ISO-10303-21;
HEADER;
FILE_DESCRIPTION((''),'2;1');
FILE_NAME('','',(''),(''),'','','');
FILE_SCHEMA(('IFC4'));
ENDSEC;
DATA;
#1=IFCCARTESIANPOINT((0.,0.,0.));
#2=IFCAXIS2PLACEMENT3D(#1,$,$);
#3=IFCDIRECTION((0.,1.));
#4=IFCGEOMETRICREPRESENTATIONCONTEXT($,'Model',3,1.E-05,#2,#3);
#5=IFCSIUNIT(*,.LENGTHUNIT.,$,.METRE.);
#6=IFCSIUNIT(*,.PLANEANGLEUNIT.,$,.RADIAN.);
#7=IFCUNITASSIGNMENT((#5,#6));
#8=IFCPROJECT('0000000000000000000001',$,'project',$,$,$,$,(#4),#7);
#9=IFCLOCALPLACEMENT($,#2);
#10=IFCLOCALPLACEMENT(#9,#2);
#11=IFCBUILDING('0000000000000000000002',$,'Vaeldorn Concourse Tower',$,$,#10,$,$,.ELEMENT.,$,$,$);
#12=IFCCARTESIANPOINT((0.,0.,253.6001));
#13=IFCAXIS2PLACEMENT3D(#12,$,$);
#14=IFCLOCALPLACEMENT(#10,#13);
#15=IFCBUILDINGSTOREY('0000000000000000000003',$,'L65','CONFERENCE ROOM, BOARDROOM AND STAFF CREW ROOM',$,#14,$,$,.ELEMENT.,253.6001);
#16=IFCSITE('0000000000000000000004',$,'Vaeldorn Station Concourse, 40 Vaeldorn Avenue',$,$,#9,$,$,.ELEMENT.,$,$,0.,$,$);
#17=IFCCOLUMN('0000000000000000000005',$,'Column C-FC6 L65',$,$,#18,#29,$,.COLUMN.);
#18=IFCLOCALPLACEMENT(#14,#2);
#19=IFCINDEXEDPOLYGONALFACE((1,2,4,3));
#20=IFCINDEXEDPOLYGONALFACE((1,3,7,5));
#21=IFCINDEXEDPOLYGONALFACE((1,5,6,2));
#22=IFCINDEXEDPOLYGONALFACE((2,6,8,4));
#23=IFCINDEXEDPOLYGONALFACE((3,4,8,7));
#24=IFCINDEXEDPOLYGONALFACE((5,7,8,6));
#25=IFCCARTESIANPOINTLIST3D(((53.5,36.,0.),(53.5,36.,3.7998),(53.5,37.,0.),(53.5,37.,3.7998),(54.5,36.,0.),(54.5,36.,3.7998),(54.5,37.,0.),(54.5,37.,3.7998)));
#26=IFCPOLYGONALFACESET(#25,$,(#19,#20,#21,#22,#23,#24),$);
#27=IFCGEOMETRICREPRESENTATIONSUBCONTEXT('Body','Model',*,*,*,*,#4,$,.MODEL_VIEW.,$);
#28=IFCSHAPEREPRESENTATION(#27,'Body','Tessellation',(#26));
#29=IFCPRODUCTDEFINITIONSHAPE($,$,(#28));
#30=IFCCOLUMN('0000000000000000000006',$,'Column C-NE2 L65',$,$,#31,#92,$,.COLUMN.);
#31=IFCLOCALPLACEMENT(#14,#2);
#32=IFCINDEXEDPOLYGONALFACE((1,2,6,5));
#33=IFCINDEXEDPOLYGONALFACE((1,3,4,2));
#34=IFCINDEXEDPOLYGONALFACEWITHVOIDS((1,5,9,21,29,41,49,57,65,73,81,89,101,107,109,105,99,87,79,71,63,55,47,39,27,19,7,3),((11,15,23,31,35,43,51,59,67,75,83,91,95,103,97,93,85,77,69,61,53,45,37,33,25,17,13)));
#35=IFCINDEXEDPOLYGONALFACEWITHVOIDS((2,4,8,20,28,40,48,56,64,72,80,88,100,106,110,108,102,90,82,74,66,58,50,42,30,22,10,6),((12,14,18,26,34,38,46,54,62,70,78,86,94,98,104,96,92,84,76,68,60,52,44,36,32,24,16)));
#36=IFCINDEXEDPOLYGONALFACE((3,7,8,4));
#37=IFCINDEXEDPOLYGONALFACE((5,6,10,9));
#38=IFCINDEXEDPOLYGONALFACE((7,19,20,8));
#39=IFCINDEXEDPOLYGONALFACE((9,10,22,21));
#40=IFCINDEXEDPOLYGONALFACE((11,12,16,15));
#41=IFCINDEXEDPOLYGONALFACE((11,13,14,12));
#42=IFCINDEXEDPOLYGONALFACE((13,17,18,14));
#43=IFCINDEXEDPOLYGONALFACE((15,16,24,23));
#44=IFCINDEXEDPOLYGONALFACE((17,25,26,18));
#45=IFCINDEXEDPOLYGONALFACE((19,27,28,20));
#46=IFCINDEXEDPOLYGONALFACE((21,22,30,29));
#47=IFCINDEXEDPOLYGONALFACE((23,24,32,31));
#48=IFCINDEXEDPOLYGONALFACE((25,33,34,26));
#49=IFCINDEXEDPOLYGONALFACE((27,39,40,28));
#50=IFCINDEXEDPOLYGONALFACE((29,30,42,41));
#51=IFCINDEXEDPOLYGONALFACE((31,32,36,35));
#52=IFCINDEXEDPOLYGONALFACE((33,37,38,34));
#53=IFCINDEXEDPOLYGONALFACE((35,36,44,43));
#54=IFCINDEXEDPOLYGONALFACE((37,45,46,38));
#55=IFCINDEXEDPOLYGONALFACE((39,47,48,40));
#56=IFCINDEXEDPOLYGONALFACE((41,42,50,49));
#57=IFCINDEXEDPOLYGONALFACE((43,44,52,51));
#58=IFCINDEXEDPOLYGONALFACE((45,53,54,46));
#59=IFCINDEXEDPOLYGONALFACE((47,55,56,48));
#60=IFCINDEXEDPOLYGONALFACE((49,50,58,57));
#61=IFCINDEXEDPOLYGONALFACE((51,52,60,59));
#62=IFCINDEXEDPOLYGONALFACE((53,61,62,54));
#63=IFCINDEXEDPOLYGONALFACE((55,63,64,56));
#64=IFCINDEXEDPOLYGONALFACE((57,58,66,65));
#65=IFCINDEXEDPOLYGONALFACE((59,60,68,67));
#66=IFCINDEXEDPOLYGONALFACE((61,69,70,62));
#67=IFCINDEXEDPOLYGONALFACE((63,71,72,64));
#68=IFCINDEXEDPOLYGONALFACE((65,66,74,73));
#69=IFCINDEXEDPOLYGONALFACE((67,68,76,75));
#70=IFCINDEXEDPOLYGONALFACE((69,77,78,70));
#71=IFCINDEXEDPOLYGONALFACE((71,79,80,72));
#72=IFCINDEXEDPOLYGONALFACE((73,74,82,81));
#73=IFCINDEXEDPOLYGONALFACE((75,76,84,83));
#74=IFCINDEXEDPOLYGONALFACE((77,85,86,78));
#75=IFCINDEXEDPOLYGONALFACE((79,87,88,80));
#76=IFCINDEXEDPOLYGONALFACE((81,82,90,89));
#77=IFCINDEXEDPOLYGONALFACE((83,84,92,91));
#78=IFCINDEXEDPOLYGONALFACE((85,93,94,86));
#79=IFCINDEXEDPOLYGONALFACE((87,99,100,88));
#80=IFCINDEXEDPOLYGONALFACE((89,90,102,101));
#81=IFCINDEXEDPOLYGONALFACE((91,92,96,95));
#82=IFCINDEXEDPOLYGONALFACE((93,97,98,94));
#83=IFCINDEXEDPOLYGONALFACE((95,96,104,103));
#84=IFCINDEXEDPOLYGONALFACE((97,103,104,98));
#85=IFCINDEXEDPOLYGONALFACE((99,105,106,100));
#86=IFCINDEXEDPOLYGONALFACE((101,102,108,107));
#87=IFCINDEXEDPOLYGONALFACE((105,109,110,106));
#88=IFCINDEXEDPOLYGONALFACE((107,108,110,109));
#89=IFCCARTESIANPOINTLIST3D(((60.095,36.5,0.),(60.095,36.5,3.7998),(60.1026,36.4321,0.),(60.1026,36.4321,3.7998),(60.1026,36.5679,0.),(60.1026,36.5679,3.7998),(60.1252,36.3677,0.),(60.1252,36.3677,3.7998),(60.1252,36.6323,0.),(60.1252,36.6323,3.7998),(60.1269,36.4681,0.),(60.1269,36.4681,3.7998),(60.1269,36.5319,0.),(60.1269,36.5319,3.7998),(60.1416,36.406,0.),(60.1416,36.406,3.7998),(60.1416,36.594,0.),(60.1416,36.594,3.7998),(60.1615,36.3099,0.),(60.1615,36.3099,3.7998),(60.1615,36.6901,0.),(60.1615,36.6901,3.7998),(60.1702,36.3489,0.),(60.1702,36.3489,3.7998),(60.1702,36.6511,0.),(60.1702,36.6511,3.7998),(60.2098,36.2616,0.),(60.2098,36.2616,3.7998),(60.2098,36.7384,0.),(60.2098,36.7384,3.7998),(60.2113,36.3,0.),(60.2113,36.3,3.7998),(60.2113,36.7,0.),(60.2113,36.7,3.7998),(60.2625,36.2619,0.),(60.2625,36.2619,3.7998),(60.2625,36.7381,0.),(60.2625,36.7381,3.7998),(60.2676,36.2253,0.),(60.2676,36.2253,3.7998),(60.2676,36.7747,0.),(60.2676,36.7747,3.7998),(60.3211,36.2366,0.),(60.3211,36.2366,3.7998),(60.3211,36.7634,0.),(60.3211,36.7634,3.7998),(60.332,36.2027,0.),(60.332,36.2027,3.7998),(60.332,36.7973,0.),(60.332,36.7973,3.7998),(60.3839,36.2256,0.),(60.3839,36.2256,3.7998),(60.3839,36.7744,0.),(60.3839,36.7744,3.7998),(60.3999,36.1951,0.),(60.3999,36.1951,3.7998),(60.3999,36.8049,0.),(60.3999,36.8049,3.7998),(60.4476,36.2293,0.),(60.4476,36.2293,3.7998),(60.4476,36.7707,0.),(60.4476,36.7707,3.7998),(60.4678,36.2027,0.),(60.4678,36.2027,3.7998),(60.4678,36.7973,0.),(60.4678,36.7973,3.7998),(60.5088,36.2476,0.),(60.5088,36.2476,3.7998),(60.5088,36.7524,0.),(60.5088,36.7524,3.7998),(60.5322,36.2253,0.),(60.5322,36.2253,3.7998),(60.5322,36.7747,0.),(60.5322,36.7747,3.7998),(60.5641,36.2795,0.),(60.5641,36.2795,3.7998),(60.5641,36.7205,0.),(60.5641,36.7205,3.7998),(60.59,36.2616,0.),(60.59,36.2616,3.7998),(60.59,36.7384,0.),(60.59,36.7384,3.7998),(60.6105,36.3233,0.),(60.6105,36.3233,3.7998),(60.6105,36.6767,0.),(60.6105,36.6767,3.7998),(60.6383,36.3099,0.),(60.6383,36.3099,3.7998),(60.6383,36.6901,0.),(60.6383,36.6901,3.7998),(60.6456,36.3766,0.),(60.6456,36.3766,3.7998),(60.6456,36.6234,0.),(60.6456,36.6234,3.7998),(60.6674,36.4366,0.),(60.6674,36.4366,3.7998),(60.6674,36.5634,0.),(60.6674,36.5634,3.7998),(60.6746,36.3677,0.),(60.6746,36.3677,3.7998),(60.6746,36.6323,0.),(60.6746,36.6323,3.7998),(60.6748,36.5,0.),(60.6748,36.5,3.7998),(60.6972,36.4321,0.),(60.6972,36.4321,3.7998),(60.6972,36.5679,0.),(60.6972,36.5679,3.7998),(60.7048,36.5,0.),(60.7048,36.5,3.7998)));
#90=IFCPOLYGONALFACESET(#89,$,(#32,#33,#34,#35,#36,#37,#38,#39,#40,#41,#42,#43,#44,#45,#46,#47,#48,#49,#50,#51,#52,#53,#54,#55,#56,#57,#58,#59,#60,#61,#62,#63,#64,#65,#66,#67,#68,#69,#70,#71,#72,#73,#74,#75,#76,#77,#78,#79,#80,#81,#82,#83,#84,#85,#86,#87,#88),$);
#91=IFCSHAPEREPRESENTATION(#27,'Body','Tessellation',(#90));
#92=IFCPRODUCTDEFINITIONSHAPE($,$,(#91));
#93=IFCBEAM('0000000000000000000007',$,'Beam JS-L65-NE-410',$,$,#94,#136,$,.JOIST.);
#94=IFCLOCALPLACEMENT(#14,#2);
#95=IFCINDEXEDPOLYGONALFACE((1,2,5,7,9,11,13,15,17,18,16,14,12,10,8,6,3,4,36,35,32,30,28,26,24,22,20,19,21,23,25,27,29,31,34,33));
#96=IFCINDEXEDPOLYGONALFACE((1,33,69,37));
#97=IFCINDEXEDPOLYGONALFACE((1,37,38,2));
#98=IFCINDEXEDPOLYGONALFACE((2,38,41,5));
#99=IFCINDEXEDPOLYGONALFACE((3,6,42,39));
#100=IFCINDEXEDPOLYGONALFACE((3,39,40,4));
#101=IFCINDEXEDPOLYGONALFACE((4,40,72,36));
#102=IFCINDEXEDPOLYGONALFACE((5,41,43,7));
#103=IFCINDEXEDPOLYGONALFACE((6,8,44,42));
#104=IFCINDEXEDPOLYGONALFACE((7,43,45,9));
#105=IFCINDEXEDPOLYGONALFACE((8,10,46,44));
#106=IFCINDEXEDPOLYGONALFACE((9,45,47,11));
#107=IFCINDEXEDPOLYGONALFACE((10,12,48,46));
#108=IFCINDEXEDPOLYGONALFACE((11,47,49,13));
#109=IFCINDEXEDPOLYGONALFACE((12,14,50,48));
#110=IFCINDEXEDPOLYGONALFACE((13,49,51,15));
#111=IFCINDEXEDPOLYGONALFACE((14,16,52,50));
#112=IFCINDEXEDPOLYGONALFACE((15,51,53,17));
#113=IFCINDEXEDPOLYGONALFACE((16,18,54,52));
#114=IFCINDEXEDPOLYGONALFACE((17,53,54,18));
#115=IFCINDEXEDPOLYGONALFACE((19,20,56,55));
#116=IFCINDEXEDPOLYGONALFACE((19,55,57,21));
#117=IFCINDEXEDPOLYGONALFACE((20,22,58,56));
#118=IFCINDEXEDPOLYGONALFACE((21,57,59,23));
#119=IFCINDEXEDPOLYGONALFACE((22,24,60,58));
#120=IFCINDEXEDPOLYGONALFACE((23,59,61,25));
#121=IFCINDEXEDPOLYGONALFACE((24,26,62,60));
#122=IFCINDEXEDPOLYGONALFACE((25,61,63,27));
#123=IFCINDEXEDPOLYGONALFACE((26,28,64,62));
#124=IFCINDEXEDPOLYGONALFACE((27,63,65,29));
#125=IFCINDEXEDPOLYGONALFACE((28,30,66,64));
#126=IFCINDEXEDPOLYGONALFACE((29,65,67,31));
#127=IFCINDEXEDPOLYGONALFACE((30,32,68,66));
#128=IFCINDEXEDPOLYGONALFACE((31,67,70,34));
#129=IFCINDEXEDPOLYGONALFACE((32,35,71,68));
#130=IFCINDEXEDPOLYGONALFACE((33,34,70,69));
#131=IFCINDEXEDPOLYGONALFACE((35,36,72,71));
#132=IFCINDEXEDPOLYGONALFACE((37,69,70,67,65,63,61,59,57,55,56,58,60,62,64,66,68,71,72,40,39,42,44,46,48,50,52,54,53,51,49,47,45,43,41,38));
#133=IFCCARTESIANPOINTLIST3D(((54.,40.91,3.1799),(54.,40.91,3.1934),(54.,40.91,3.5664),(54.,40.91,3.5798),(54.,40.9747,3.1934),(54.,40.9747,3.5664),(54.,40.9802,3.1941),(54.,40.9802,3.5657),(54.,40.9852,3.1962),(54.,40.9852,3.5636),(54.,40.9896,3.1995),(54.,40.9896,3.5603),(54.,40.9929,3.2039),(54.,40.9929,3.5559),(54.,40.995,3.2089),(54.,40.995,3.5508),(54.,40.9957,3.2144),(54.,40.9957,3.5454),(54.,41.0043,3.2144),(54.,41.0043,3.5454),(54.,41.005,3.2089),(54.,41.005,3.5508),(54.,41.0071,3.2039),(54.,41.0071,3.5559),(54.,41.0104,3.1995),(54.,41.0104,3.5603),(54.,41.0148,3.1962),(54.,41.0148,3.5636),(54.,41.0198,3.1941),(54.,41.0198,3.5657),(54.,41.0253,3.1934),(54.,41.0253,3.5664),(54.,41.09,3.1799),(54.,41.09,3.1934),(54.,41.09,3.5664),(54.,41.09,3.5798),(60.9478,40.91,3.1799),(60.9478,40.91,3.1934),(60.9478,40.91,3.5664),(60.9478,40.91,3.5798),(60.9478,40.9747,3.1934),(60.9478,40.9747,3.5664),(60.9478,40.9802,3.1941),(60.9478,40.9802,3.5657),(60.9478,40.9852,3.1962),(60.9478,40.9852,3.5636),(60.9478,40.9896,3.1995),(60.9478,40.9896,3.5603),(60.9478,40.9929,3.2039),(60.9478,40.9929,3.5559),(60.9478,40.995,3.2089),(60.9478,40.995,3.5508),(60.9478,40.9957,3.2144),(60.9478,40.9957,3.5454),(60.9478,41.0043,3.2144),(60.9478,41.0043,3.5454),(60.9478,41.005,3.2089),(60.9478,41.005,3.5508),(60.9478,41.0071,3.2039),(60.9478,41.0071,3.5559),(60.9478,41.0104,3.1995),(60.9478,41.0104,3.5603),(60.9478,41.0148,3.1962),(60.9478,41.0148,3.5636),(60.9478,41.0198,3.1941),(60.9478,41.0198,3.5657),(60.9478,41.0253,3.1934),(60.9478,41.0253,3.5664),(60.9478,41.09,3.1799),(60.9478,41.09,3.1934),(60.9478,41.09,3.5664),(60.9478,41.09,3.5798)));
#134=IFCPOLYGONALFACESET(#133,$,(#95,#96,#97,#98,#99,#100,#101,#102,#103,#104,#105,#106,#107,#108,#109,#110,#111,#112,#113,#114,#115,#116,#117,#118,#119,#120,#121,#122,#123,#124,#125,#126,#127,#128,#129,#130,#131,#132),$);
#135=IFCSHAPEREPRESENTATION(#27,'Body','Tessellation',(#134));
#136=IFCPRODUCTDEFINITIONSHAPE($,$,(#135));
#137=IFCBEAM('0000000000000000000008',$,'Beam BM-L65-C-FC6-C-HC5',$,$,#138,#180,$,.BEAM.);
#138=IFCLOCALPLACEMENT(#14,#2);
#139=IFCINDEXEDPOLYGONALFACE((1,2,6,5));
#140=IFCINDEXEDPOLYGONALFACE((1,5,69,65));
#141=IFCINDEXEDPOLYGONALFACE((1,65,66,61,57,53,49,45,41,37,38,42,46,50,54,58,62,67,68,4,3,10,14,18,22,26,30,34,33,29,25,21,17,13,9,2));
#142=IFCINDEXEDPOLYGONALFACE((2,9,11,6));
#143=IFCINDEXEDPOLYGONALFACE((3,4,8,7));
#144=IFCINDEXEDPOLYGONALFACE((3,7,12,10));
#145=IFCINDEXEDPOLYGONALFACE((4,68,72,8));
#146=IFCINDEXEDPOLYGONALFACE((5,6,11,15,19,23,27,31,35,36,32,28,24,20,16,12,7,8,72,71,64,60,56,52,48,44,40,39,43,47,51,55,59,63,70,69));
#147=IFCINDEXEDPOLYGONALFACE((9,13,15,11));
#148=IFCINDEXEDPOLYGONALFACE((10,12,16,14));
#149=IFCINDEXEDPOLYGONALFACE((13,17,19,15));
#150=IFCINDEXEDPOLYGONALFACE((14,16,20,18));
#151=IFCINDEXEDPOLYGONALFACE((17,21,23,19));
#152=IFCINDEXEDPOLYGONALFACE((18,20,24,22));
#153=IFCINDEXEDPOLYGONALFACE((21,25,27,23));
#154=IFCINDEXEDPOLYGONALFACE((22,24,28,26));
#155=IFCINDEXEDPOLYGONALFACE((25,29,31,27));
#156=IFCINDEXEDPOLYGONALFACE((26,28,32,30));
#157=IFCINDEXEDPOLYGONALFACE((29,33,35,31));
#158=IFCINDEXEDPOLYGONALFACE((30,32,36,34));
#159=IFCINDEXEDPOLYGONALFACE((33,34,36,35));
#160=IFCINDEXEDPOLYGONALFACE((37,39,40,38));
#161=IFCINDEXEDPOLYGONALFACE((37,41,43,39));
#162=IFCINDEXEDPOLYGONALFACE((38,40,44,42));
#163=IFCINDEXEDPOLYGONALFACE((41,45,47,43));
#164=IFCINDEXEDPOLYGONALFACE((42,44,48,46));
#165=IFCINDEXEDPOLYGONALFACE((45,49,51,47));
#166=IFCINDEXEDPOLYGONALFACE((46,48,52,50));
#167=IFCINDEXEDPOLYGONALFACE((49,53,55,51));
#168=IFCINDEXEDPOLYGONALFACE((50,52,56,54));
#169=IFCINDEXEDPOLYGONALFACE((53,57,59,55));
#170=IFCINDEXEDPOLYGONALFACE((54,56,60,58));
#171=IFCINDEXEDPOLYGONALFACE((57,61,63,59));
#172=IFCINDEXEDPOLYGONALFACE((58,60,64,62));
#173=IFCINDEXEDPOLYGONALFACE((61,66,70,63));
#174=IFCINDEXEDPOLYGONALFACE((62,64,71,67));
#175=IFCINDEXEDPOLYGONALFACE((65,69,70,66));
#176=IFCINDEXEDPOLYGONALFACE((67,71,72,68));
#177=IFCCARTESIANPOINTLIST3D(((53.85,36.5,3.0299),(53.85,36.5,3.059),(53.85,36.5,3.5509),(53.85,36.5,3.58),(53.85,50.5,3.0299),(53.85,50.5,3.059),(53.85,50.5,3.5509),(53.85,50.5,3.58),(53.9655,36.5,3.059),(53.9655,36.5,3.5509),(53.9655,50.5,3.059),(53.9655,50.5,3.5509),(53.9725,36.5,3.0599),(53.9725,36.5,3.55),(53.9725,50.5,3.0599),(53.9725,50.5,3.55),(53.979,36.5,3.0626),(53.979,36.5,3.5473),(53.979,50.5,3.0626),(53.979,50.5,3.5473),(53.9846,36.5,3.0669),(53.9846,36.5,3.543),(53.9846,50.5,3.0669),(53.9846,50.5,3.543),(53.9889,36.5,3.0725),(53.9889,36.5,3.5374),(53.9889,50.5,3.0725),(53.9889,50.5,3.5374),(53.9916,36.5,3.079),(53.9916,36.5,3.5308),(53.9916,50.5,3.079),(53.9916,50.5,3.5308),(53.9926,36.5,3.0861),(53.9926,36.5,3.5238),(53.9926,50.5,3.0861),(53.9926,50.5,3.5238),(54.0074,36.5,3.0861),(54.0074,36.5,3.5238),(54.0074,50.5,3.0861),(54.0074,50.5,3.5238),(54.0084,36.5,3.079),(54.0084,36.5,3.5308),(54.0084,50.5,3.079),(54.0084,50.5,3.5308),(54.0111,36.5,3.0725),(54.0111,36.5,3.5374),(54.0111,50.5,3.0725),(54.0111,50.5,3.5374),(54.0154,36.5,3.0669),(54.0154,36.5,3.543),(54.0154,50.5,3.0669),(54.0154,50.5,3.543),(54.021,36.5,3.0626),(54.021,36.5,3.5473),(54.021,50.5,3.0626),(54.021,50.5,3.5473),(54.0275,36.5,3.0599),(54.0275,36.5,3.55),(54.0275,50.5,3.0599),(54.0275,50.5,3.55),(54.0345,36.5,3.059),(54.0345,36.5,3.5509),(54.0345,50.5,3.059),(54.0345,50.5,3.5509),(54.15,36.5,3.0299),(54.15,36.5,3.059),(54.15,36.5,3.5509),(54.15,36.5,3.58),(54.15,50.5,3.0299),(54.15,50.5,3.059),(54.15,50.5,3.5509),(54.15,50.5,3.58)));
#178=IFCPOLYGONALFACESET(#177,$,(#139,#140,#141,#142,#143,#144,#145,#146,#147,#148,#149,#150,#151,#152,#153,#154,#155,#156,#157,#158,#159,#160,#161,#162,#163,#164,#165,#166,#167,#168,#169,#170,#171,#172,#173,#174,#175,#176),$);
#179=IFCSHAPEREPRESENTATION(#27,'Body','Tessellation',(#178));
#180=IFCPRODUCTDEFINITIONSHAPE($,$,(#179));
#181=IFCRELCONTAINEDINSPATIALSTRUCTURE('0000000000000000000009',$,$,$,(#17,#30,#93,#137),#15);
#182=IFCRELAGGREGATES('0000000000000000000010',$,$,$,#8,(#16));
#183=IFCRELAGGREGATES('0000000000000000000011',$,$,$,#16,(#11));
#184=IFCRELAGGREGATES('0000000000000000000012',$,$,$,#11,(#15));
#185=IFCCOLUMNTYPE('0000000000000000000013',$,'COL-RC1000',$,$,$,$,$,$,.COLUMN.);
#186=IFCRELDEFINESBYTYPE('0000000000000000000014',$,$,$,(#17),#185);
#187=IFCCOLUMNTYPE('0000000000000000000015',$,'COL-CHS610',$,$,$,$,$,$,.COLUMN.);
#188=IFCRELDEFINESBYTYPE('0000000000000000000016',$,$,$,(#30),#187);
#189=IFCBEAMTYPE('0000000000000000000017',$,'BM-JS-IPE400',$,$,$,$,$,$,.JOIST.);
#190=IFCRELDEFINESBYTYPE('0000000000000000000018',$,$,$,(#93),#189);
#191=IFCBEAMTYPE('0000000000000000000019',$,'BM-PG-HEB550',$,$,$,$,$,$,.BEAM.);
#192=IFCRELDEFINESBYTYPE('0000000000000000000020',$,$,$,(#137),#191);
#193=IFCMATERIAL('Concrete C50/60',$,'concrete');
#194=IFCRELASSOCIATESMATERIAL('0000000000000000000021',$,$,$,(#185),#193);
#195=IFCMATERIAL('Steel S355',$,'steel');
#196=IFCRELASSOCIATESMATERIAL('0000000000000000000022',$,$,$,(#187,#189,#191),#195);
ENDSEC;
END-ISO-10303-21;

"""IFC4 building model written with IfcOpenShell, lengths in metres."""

from ifc_helpers import new_model, si_unit, direction, frame, origin, origin_2d, place, context, subcontext, project, spatial, rectangle, hollow_circle, i_section, extrude, source, transform, mapped, material, material_profile, profile_set, type_object, element, save


model = new_model("IFC4")

# Units and contexts
model_context = context("Model", 3, precision=1e-05, world=origin(), true_north=direction((0.0, 1.0)))
body_context = subcontext(model_context, "Body", "Model", "MODEL_VIEW")
ifc_project = project(units=[si_unit("LENGTHUNIT", "METRE"), si_unit("PLANEANGLEUNIT", "RADIAN")], contexts=[model_context])

# Site, building, storey
site_placement = place(None, origin())
site = spatial("IfcSite", under=ifc_project, at=site_placement, Name="Vaeldorn Station Concourse, 40 Vaeldorn Avenue", CompositionType="ELEMENT", RefElevation=0.0)
building_placement = place(site_placement, origin())
building = spatial("IfcBuilding", under=site, at=building_placement, Name="Vaeldorn Concourse Tower", CompositionType="ELEMENT")
storey_placement = place(building_placement, frame((0.0, 0.0, 253.6001)))
storey = spatial("IfcBuildingStorey", under=building, at=storey_placement, Name="L65", Description="CONFERENCE ROOM, BOARDROOM AND STAFF CREW ROOM", CompositionType="ELEMENT", Elevation=253.6001)

# Columns
ifc_material_1 = material(Name="Concrete C50/60", Category="concrete")
ifc_material_profile_1 = material_profile(ifc_material_1, rectangle(XDim=1.0, YDim=1.0, at=origin_2d()), Name="RC 1000x1000")
ifc_profile_set_1 = profile_set([ifc_material_profile_1], Name="Concrete C50/60")
column_type_1 = type_object("IfcColumnType", Name="COL-RC1000", PredefinedType="COLUMN", material=ifc_profile_set_1)
shared_shape_1 = source(origin(), body_context, "Body", "SweptSolid", [
    extrude(rectangle(XDim=1.0, YDim=1.0, at=origin_2d()), origin(), (0.0, 0.0, 1.0), 3.7998),
])
column_1_placement = place(storey_placement, frame((54.0, 36.5, 0.0), z_axis=(0.0, 0.0, 1.0), x_axis=(1.0, 0.0, 0.0)))
element("IfcColumn", 1, at=column_1_placement, inside=storey, type_object=column_type_1, Name="Column C-FC6 L65", PredefinedType="COLUMN", context=body_context, shape_type="MappedRepresentation", body=[
    mapped(shared_shape_1, transform((0.0, 0.0, 0.0), scale=1.0)),
])
ifc_material_2 = material(Name="Steel S355", Category="steel")
ifc_material_profile_2 = material_profile(ifc_material_2, hollow_circle(Radius=0.3049, WallThickness=0.03, at=origin_2d()), Name="CHS 610x30")
ifc_profile_set_2 = profile_set([ifc_material_profile_2], Name="Steel S355")
column_type_2 = type_object("IfcColumnType", Name="COL-CHS610", PredefinedType="COLUMN", material=ifc_profile_set_2)
shared_shape_2 = source(origin(), body_context, "Body", "SweptSolid", [
    extrude(hollow_circle(Radius=0.3049, WallThickness=0.03, at=origin_2d()), origin(), (0.0, 0.0, 1.0), 3.7998),
])
column_2_placement = place(storey_placement, frame((60.3999, 36.5, 0.0), z_axis=(0.0, 0.0, 1.0), x_axis=(1.0, 0.0, 0.0)))
element("IfcColumn", 2, at=column_2_placement, inside=storey, type_object=column_type_2, Name="Column C-NE2 L65", PredefinedType="COLUMN", context=body_context, shape_type="MappedRepresentation", body=[
    mapped(shared_shape_2, transform((0.0, 0.0, 0.0), scale=1.0)),
])

# Beams
ifc_material_profile_3 = material_profile(ifc_material_2, i_section(OverallWidth=0.1799, OverallDepth=0.3999, WebThickness=0.0085, FlangeThickness=0.0134, FilletRadius=0.021, at=origin_2d()), Name="IPE 400")
ifc_profile_set_3 = profile_set([ifc_material_profile_3], Name="Steel S355")
beam_type_1 = type_object("IfcBeamType", Name="BM-JS-IPE400", PredefinedType="JOIST", material=ifc_profile_set_3)
shared_shape_3 = source(origin(), body_context, "Body", "SweptSolid", [
    extrude(i_section(OverallWidth=0.1799, OverallDepth=0.3999, WebThickness=0.0085, FlangeThickness=0.0134, FilletRadius=0.021, at=origin_2d()), origin(), (0.0, 0.0, 1.0), 6.9478),
])
beam_1_placement = place(storey_placement, frame((54.0, 41.0, 3.3799), z_axis=(1.0, 0.0, 0.0), x_axis=(0.0, 1.0, 0.0)))
element("IfcBeam", 3, at=beam_1_placement, inside=storey, type_object=beam_type_1, Name="Beam JS-L65-NE-410", PredefinedType="JOIST", context=body_context, shape_type="MappedRepresentation", body=[
    mapped(shared_shape_3, transform((0.0, 0.0, 0.0), scale=1.0)),
])
ifc_material_profile_4 = material_profile(ifc_material_2, i_section(OverallWidth=0.3, OverallDepth=0.55, WebThickness=0.0149, FlangeThickness=0.0291, FilletRadius=0.0271, at=origin_2d()), Name="HEB 550")
ifc_profile_set_4 = profile_set([ifc_material_profile_4], Name="Steel S355")
beam_type_2 = type_object("IfcBeamType", Name="BM-PG-HEB550", PredefinedType="BEAM", material=ifc_profile_set_4)
shared_shape_4 = source(origin(), body_context, "Body", "SweptSolid", [
    extrude(i_section(OverallWidth=0.3, OverallDepth=0.55, WebThickness=0.0149, FlangeThickness=0.0291, FilletRadius=0.0271, at=origin_2d()), origin(), (0.0, 0.0, 1.0), 14.0),
])
beam_2_placement = place(storey_placement, frame((54.0, 36.5, 3.3049), z_axis=(0.0, 1.0, 0.0), x_axis=(-1.0, 0.0, 0.0)))
element("IfcBeam", 4, at=beam_2_placement, inside=storey, type_object=beam_type_2, Name="Beam BM-L65-C-FC6-C-HC5", PredefinedType="BEAM", context=body_context, shape_type="MappedRepresentation", body=[
    mapped(shared_shape_4, transform((0.0, 0.0, 0.0), scale=1.0)),
])

save(model, "model.ifc")
